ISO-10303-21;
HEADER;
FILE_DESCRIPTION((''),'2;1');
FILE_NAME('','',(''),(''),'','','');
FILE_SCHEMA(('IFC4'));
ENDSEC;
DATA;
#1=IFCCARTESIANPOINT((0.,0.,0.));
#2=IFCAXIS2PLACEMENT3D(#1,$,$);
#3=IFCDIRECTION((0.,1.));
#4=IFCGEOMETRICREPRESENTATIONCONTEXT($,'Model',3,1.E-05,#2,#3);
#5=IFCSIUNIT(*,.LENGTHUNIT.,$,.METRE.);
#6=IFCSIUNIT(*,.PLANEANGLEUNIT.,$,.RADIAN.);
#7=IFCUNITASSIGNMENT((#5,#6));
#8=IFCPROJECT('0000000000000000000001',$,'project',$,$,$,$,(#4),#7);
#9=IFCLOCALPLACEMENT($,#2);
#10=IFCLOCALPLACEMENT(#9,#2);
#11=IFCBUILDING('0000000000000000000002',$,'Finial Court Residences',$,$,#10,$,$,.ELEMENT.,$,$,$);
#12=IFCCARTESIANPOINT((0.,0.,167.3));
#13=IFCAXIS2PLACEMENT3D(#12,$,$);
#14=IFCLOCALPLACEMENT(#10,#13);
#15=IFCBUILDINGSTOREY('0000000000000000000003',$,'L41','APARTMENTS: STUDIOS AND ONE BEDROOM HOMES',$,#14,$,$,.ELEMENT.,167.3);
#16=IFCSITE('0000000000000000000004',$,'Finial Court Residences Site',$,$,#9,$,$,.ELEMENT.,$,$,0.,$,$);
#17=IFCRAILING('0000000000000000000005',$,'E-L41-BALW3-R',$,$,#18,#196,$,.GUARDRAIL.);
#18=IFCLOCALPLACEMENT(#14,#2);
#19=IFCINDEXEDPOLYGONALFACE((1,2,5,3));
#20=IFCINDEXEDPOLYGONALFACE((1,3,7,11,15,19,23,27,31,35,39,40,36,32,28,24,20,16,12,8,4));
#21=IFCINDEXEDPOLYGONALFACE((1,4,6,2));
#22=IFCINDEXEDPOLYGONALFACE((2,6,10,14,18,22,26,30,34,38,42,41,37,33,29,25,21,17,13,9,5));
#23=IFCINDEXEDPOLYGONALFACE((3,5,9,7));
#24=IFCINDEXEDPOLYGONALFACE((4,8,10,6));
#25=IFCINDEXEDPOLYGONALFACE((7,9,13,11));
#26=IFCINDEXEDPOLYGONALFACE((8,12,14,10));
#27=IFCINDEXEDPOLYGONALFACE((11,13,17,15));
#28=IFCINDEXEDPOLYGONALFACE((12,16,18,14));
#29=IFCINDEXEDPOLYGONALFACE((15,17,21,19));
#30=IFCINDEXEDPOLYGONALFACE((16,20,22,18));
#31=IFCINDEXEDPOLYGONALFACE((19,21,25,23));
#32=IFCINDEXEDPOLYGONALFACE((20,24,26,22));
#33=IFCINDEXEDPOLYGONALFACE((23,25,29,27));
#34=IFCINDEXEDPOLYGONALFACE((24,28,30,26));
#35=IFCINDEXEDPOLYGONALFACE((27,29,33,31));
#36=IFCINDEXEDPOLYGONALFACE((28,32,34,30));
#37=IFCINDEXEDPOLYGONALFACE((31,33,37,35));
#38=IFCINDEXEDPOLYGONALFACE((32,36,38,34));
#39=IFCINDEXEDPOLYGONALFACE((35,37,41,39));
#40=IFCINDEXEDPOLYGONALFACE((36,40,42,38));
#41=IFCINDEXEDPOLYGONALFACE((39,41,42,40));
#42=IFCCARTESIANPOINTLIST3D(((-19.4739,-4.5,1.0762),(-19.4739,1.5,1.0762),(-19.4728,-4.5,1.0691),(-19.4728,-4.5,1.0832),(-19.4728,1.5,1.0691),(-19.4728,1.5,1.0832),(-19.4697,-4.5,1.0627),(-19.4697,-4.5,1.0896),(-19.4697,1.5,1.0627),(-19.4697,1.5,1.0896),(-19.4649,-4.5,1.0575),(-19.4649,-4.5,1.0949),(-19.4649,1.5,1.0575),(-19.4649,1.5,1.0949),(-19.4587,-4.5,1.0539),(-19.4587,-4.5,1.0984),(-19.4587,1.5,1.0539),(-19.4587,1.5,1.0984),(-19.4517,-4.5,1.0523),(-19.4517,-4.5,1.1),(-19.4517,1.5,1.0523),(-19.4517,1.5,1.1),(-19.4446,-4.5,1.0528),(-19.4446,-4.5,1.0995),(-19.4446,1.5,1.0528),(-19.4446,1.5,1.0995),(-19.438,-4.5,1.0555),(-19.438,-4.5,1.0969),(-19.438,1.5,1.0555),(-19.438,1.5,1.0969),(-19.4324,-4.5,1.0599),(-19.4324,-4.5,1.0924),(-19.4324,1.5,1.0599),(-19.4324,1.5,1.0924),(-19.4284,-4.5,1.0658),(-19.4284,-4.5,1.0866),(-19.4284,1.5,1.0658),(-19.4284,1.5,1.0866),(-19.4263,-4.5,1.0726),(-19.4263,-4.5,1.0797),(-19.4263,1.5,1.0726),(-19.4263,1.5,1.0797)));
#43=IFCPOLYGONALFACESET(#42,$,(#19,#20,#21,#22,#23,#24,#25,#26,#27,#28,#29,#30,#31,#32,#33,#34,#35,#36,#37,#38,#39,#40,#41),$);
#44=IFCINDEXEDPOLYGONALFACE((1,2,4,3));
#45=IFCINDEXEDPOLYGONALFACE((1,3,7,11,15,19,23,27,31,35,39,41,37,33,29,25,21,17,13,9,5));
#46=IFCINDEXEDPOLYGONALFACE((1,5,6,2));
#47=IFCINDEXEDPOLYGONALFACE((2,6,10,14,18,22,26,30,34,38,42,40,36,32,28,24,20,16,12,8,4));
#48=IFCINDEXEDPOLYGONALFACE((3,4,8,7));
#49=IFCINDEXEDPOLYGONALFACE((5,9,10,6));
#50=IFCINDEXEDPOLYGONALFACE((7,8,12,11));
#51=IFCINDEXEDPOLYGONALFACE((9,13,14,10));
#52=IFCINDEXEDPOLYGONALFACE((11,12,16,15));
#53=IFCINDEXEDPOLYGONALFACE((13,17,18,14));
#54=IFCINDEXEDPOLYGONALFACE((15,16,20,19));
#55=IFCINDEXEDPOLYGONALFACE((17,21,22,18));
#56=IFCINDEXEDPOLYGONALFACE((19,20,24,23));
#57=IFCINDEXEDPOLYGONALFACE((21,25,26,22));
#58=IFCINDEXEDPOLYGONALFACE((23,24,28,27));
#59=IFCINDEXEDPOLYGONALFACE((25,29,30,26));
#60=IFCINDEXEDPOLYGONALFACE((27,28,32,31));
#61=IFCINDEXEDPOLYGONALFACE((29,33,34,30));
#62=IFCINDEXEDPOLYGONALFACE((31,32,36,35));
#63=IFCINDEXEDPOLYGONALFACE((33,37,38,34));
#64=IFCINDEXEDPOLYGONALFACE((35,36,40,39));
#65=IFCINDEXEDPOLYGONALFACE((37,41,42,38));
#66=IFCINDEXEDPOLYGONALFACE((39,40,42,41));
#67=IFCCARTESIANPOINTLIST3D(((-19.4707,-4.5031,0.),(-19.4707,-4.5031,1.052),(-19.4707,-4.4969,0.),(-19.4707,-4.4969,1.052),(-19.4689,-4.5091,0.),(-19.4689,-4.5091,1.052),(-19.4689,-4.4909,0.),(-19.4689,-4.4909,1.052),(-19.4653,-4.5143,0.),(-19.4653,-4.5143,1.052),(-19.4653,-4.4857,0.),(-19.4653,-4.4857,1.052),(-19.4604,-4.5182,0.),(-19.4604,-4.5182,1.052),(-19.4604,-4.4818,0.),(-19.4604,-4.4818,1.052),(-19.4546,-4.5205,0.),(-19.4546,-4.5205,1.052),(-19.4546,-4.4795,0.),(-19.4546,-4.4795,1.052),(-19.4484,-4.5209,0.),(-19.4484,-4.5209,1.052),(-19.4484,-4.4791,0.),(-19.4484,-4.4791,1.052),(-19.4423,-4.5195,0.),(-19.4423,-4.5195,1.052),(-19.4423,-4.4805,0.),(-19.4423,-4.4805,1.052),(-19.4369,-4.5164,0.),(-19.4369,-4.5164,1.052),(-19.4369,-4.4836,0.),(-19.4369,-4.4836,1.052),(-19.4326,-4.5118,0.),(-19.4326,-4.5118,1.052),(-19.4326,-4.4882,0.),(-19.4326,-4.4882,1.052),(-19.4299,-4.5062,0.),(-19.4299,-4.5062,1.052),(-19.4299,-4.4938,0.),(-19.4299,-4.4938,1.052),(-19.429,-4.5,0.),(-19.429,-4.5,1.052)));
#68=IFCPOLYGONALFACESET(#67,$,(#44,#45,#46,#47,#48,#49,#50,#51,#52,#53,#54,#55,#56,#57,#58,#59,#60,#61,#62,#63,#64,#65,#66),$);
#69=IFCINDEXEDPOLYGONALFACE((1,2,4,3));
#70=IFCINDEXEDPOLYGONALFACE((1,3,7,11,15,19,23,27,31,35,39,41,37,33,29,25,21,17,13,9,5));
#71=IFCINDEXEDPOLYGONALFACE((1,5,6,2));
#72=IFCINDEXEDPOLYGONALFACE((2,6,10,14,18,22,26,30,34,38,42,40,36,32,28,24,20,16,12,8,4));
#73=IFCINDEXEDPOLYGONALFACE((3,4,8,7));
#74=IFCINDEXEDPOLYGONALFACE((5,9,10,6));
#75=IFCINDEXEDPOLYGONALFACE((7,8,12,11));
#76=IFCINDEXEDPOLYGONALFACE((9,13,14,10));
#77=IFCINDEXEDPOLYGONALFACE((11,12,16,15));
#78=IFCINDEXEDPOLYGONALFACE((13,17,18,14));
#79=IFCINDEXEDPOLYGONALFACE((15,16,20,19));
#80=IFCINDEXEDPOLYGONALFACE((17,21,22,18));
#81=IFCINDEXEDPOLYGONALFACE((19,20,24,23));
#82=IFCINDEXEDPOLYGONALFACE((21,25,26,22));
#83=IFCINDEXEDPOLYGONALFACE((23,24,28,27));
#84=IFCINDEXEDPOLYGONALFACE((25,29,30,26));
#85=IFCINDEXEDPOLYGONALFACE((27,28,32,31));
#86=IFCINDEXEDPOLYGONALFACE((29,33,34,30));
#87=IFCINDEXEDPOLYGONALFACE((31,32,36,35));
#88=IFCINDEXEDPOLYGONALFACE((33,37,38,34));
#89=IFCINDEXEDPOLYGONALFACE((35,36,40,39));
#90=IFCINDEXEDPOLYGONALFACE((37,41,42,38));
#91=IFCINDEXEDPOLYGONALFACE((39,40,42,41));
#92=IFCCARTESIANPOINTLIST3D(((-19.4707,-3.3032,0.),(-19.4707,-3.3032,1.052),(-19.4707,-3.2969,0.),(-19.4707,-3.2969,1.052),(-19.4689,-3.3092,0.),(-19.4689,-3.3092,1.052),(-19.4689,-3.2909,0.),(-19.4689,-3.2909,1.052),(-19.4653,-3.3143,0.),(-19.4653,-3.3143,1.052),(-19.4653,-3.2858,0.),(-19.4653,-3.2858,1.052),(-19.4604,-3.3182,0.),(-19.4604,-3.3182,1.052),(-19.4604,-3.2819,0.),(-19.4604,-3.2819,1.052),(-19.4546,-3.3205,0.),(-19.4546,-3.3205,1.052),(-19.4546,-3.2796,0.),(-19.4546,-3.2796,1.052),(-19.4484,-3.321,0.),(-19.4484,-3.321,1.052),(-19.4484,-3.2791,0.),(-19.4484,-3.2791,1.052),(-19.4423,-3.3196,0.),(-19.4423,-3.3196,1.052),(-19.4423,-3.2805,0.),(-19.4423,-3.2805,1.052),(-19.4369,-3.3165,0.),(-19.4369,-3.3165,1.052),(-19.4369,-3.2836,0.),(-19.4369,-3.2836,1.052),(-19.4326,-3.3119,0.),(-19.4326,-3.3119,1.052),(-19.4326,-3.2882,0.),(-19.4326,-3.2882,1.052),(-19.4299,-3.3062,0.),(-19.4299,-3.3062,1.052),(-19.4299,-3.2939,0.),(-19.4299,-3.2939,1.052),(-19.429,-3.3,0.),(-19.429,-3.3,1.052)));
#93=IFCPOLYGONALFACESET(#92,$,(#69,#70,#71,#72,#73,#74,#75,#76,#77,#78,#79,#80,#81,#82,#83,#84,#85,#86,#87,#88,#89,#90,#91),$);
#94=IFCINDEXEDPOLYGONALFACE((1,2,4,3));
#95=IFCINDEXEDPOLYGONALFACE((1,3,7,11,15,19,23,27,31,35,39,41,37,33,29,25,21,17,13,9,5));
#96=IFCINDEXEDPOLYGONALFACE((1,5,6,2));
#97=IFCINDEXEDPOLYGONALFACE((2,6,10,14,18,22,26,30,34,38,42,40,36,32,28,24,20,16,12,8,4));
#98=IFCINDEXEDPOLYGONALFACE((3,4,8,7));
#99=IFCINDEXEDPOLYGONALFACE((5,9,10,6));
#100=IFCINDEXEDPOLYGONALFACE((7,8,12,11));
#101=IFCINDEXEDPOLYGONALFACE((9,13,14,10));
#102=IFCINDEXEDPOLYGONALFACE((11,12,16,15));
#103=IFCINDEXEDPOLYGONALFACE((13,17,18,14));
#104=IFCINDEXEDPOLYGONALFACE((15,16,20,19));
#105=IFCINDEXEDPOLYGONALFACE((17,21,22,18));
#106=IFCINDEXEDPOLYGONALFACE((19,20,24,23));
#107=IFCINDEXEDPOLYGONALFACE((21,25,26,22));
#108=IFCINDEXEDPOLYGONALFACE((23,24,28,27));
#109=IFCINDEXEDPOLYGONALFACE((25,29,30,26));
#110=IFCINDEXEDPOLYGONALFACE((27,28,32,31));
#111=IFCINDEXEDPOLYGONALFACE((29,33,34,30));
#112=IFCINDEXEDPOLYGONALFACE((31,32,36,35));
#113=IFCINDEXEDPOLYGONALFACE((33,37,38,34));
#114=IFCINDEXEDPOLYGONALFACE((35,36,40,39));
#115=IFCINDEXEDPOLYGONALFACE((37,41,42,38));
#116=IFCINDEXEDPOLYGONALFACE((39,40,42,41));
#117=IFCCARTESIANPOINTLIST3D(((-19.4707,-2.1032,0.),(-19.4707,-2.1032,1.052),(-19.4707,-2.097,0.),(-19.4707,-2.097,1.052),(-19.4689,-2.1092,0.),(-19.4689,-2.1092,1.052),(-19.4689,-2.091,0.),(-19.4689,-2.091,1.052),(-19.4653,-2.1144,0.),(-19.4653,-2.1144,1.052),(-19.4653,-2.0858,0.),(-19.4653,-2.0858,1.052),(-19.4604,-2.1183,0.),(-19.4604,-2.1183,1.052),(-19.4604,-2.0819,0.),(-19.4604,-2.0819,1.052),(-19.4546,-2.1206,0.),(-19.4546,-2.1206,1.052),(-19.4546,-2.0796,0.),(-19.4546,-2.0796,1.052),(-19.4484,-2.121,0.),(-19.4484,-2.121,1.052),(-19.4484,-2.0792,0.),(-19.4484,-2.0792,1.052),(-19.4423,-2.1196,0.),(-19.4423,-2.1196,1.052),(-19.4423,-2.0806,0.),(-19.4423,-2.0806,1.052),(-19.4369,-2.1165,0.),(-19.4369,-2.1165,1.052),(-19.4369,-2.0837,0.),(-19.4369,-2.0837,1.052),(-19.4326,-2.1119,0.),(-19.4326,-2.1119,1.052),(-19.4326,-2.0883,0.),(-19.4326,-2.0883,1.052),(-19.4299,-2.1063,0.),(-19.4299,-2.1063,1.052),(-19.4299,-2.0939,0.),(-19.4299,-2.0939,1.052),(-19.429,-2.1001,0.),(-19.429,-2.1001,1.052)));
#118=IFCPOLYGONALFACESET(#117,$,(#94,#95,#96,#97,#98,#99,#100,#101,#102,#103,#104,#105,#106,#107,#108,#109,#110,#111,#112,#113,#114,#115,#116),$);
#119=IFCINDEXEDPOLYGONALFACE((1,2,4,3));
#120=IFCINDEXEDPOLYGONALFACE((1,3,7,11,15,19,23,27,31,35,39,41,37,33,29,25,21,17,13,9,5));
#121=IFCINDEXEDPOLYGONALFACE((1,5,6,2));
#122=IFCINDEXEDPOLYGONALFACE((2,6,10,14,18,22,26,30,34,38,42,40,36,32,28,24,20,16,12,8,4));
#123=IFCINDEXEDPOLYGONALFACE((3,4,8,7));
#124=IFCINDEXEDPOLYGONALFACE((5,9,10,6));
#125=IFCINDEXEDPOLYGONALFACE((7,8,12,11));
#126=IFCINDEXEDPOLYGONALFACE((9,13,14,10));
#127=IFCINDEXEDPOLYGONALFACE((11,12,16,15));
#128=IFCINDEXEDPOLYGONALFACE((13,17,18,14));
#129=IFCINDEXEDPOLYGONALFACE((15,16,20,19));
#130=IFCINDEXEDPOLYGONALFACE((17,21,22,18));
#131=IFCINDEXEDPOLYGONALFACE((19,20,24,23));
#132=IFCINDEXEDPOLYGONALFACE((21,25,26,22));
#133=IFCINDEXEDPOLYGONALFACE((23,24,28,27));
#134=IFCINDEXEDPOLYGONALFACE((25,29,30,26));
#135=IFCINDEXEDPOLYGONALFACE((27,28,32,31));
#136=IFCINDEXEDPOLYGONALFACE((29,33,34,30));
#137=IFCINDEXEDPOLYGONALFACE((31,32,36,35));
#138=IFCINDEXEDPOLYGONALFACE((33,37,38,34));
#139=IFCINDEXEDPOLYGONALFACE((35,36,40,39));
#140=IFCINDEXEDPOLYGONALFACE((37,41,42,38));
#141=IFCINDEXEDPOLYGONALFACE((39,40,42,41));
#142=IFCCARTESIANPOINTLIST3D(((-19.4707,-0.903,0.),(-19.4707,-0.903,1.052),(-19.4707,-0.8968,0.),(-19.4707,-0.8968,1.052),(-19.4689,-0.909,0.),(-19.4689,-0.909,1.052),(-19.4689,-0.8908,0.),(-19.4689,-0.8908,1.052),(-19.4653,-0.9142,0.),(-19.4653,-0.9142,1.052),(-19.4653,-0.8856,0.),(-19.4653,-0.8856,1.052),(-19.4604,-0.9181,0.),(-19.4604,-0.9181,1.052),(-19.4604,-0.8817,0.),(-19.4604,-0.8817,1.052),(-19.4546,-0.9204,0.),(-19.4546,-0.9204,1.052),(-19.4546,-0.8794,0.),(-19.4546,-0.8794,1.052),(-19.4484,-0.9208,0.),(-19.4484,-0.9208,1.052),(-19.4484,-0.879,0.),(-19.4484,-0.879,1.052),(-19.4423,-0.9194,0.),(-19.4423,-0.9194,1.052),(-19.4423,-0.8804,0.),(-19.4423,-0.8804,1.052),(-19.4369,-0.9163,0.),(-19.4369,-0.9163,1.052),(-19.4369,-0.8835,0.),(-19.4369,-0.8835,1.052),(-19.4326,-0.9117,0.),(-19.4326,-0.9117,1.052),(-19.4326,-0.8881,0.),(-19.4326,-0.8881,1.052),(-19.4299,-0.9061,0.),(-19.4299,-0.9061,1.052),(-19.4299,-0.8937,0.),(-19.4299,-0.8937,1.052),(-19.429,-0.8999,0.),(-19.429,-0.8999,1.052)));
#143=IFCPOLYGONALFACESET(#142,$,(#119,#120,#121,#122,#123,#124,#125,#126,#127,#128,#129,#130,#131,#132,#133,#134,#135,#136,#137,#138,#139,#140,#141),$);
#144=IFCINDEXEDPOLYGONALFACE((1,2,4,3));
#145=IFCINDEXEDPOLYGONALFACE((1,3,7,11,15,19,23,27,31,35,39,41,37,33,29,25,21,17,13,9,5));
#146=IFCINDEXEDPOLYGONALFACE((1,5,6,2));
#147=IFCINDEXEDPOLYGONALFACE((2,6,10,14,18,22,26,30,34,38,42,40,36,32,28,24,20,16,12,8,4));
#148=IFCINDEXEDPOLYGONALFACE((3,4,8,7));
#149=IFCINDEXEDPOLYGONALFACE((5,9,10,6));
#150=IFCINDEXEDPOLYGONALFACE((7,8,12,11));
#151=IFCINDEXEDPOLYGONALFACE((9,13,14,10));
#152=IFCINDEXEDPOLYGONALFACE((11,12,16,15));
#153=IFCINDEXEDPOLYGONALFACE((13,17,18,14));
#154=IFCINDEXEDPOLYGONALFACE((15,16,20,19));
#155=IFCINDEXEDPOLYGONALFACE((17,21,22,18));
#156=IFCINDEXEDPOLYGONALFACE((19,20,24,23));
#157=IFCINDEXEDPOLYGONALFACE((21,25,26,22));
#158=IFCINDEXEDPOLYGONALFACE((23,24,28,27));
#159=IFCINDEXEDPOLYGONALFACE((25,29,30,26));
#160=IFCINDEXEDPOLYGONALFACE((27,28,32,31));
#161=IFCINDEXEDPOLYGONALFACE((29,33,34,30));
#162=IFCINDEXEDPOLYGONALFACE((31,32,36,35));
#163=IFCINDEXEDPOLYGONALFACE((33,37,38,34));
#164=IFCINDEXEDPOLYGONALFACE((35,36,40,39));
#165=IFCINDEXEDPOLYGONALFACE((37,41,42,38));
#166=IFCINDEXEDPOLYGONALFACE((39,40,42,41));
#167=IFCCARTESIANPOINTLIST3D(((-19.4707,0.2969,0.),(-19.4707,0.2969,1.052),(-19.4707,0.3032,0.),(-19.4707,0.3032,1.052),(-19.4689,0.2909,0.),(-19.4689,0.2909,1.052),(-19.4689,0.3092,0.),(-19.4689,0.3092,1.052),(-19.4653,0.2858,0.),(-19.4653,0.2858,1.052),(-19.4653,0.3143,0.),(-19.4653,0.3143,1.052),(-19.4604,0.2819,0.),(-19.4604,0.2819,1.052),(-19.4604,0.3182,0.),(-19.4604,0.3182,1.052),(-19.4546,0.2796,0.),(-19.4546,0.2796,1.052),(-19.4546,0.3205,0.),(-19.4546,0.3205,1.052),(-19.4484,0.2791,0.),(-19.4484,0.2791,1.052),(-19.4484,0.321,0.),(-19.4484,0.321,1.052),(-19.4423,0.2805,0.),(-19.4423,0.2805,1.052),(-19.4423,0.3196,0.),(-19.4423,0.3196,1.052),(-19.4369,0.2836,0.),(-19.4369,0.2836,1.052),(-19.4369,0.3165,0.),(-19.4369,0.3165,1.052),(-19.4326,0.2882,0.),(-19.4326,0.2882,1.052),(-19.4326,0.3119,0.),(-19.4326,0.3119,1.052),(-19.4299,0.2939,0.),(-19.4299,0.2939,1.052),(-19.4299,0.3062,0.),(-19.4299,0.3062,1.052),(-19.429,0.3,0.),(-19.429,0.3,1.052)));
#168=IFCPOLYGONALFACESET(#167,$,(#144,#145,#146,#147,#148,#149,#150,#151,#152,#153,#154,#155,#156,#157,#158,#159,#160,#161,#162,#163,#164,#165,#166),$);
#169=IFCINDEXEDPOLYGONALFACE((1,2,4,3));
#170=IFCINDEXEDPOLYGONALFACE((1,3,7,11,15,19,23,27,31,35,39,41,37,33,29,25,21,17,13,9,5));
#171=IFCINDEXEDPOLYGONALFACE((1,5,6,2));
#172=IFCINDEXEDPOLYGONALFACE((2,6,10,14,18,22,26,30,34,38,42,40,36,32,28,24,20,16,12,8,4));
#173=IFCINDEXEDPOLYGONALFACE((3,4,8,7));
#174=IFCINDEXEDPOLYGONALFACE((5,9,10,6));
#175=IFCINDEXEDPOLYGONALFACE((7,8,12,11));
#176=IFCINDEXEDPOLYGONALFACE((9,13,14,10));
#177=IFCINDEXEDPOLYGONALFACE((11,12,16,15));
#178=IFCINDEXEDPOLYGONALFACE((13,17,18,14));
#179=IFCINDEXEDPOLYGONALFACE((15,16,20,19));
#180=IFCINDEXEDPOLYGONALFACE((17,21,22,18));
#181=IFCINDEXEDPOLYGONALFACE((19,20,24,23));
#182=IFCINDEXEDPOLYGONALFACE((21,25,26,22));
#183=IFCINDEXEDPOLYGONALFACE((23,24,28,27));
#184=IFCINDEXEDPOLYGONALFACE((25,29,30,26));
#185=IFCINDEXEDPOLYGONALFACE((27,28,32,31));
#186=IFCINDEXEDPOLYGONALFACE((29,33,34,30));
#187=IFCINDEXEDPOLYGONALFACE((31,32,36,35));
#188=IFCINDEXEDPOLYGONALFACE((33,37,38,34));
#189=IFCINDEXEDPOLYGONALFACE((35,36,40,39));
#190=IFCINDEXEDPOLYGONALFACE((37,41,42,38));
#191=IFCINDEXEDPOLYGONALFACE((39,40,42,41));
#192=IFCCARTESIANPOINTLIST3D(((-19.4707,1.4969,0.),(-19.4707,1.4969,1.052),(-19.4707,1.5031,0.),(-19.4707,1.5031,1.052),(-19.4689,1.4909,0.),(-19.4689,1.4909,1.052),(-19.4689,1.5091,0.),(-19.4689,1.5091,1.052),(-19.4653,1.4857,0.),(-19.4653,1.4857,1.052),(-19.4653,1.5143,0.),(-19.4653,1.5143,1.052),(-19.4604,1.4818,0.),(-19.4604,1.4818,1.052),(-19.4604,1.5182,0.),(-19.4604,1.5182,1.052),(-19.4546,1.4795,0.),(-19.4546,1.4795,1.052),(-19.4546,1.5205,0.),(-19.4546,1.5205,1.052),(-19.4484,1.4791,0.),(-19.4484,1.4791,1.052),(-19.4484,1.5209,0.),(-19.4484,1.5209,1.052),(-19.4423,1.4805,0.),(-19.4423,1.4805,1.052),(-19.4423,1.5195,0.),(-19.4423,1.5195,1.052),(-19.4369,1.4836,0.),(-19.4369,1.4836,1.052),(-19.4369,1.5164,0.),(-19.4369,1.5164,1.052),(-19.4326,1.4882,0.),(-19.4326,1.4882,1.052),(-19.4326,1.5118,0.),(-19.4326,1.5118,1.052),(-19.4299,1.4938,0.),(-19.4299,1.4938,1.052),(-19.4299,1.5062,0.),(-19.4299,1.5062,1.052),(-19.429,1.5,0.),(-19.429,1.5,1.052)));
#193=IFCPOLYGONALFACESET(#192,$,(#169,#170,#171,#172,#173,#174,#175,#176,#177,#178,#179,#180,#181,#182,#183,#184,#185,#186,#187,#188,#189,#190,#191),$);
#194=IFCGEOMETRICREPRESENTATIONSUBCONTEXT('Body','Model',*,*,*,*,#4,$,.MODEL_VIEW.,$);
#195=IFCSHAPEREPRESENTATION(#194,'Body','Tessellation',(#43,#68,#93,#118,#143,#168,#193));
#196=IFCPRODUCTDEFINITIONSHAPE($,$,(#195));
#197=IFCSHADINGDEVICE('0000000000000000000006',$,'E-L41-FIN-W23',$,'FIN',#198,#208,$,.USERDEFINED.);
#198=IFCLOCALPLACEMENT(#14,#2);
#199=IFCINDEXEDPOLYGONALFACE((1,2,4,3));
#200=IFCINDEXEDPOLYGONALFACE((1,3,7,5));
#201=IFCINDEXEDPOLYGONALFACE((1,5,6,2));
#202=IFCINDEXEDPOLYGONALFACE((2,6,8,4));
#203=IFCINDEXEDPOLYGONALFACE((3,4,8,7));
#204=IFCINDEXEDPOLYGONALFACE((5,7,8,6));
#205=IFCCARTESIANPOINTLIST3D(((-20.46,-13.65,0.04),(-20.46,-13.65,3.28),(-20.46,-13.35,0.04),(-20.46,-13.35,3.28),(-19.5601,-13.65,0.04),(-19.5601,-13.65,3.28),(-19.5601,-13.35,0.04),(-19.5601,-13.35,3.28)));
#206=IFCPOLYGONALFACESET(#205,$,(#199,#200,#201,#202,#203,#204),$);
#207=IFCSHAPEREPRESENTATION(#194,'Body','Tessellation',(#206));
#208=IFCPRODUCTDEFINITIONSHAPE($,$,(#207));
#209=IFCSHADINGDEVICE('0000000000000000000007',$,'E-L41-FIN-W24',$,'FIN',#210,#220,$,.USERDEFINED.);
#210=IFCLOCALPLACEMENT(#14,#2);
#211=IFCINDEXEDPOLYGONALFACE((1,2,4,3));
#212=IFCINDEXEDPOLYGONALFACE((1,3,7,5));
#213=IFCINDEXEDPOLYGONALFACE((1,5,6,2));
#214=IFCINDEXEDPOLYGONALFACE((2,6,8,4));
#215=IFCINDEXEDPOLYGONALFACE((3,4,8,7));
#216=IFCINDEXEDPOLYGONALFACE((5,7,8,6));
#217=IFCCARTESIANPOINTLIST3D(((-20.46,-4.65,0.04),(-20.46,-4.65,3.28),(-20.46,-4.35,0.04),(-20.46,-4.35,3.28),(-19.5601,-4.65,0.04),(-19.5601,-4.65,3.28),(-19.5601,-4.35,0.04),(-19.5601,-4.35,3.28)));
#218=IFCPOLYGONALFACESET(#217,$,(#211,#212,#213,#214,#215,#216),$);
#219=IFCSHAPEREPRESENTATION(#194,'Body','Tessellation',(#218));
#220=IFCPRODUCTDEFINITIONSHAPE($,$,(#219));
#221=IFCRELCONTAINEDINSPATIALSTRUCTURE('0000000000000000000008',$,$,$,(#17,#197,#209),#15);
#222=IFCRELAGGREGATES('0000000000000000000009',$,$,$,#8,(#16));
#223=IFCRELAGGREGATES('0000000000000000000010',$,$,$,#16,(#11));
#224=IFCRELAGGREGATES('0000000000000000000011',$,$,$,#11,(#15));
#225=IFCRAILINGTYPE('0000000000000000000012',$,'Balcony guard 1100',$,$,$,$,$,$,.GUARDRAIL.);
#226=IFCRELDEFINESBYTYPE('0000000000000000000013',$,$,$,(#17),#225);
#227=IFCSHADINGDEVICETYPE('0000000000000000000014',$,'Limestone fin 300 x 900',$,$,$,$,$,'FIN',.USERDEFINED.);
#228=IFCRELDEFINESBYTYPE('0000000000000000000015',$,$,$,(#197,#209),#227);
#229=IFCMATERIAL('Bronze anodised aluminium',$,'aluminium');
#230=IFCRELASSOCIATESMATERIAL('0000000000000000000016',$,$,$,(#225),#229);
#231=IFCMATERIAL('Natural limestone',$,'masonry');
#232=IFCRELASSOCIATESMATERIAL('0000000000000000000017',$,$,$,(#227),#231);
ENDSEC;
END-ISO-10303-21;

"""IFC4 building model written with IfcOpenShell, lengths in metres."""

from ifc_helpers import new_model, si_unit, direction, frame, origin, origin_2d, place, context, subcontext, project, spatial, rectangle, circle, extrude, material, type_object, element, save


model = new_model("IFC4")

# Units and contexts
model_context = context("Model", 3, precision=1e-05, world=origin(), true_north=direction((0.0, 1.0)))
body_context = subcontext(model_context, "Body", "Model", "MODEL_VIEW")
ifc_project = project(units=[si_unit("LENGTHUNIT", "METRE"), si_unit("PLANEANGLEUNIT", "RADIAN")], contexts=[model_context])

# Site, building, storey
site_placement = place(None, origin())
site = spatial("IfcSite", under=ifc_project, at=site_placement, Name="Finial Court Residences Site", CompositionType="ELEMENT", RefElevation=0.0)
building_placement = place(site_placement, origin())
building = spatial("IfcBuilding", under=site, at=building_placement, Name="Finial Court Residences", CompositionType="ELEMENT")
storey_placement = place(building_placement, frame((0.0, 0.0, 167.3)))
storey = spatial("IfcBuildingStorey", under=building, at=storey_placement, Name="L41", Description="APARTMENTS: STUDIOS AND ONE BEDROOM HOMES", CompositionType="ELEMENT", Elevation=167.3)

# Shared definitions
ifc_material_1 = material(Name="Bronze anodised aluminium", Category="aluminium")

# Shared definitions
ifc_material_2 = material(Name="Natural limestone", Category="masonry")

# Railing
railing_type = type_object("IfcRailingType", Name="Balcony guard 1100", PredefinedType="GUARDRAIL", material=ifc_material_1)
railing_placement = place(storey_placement, frame((-19.45, -4.5, 0.0)))
element("IfcRailing", 1, at=railing_placement, inside=storey, type_object=railing_type, Name="E-L41-BALW3-R", PredefinedType="GUARDRAIL", context=body_context, shape_type="SweptSolid", body=[
    extrude(circle(Radius=0.0239, at=origin_2d()), frame((0.0, 0.0, 1.0762), z_axis=(0.0, 1.0, 0.0), x_axis=(-1.0, 0.0, 0.0)), (0.0, 0.0, 1.0), 6.0),
    extrude(circle(Radius=0.021, at=origin_2d()), origin(), (0.0, 0.0, 1.0), 1.052),
    extrude(circle(Radius=0.021, at=origin_2d()), frame((0.0, 1.2, 0.0)), (0.0, 0.0, 1.0), 1.052),
    extrude(circle(Radius=0.021, at=origin_2d()), frame((0.0, 2.3999, 0.0)), (0.0, 0.0, 1.0), 1.052),
    extrude(circle(Radius=0.021, at=origin_2d()), frame((0.0, 3.6001, 0.0)), (0.0, 0.0, 1.0), 1.052),
    extrude(circle(Radius=0.021, at=origin_2d()), frame((0.0, 4.8, 0.0)), (0.0, 0.0, 1.0), 1.052),
    extrude(circle(Radius=0.021, at=origin_2d()), frame((0.0, 6.0, 0.0)), (0.0, 0.0, 1.0), 1.052),
])

# Shading devices
shading_device_type = type_object("IfcShadingDeviceType", Name="Limestone fin 300 x 900", ElementType="FIN", PredefinedType="USERDEFINED", material=ifc_material_2)
for number, where, z_axis, x_axis, name in (
    (2, (-20.01, -13.5, 0.04), (0.0, 0.0, 1.0), (1.0, 0.0, 0.0), "E-L41-FIN-W23"),
    (3, (-20.01, -4.5, 0.04), (0.0, 0.0, 1.0), (1.0, 0.0, 0.0), "E-L41-FIN-W24"),
):
    element("IfcShadingDevice", number, at=place(storey_placement, frame(where, z_axis=z_axis, x_axis=x_axis)), inside=storey, type_object=shading_device_type, Name=name, ObjectType="FIN", PredefinedType="USERDEFINED", context=body_context, shape_type="SweptSolid", body=[
        extrude(rectangle(XDim=0.8999, YDim=0.3, at=origin_2d()), origin(), (0.0, 0.0, 1.0), 3.24),
    ])

save(model, "model.ifc")
